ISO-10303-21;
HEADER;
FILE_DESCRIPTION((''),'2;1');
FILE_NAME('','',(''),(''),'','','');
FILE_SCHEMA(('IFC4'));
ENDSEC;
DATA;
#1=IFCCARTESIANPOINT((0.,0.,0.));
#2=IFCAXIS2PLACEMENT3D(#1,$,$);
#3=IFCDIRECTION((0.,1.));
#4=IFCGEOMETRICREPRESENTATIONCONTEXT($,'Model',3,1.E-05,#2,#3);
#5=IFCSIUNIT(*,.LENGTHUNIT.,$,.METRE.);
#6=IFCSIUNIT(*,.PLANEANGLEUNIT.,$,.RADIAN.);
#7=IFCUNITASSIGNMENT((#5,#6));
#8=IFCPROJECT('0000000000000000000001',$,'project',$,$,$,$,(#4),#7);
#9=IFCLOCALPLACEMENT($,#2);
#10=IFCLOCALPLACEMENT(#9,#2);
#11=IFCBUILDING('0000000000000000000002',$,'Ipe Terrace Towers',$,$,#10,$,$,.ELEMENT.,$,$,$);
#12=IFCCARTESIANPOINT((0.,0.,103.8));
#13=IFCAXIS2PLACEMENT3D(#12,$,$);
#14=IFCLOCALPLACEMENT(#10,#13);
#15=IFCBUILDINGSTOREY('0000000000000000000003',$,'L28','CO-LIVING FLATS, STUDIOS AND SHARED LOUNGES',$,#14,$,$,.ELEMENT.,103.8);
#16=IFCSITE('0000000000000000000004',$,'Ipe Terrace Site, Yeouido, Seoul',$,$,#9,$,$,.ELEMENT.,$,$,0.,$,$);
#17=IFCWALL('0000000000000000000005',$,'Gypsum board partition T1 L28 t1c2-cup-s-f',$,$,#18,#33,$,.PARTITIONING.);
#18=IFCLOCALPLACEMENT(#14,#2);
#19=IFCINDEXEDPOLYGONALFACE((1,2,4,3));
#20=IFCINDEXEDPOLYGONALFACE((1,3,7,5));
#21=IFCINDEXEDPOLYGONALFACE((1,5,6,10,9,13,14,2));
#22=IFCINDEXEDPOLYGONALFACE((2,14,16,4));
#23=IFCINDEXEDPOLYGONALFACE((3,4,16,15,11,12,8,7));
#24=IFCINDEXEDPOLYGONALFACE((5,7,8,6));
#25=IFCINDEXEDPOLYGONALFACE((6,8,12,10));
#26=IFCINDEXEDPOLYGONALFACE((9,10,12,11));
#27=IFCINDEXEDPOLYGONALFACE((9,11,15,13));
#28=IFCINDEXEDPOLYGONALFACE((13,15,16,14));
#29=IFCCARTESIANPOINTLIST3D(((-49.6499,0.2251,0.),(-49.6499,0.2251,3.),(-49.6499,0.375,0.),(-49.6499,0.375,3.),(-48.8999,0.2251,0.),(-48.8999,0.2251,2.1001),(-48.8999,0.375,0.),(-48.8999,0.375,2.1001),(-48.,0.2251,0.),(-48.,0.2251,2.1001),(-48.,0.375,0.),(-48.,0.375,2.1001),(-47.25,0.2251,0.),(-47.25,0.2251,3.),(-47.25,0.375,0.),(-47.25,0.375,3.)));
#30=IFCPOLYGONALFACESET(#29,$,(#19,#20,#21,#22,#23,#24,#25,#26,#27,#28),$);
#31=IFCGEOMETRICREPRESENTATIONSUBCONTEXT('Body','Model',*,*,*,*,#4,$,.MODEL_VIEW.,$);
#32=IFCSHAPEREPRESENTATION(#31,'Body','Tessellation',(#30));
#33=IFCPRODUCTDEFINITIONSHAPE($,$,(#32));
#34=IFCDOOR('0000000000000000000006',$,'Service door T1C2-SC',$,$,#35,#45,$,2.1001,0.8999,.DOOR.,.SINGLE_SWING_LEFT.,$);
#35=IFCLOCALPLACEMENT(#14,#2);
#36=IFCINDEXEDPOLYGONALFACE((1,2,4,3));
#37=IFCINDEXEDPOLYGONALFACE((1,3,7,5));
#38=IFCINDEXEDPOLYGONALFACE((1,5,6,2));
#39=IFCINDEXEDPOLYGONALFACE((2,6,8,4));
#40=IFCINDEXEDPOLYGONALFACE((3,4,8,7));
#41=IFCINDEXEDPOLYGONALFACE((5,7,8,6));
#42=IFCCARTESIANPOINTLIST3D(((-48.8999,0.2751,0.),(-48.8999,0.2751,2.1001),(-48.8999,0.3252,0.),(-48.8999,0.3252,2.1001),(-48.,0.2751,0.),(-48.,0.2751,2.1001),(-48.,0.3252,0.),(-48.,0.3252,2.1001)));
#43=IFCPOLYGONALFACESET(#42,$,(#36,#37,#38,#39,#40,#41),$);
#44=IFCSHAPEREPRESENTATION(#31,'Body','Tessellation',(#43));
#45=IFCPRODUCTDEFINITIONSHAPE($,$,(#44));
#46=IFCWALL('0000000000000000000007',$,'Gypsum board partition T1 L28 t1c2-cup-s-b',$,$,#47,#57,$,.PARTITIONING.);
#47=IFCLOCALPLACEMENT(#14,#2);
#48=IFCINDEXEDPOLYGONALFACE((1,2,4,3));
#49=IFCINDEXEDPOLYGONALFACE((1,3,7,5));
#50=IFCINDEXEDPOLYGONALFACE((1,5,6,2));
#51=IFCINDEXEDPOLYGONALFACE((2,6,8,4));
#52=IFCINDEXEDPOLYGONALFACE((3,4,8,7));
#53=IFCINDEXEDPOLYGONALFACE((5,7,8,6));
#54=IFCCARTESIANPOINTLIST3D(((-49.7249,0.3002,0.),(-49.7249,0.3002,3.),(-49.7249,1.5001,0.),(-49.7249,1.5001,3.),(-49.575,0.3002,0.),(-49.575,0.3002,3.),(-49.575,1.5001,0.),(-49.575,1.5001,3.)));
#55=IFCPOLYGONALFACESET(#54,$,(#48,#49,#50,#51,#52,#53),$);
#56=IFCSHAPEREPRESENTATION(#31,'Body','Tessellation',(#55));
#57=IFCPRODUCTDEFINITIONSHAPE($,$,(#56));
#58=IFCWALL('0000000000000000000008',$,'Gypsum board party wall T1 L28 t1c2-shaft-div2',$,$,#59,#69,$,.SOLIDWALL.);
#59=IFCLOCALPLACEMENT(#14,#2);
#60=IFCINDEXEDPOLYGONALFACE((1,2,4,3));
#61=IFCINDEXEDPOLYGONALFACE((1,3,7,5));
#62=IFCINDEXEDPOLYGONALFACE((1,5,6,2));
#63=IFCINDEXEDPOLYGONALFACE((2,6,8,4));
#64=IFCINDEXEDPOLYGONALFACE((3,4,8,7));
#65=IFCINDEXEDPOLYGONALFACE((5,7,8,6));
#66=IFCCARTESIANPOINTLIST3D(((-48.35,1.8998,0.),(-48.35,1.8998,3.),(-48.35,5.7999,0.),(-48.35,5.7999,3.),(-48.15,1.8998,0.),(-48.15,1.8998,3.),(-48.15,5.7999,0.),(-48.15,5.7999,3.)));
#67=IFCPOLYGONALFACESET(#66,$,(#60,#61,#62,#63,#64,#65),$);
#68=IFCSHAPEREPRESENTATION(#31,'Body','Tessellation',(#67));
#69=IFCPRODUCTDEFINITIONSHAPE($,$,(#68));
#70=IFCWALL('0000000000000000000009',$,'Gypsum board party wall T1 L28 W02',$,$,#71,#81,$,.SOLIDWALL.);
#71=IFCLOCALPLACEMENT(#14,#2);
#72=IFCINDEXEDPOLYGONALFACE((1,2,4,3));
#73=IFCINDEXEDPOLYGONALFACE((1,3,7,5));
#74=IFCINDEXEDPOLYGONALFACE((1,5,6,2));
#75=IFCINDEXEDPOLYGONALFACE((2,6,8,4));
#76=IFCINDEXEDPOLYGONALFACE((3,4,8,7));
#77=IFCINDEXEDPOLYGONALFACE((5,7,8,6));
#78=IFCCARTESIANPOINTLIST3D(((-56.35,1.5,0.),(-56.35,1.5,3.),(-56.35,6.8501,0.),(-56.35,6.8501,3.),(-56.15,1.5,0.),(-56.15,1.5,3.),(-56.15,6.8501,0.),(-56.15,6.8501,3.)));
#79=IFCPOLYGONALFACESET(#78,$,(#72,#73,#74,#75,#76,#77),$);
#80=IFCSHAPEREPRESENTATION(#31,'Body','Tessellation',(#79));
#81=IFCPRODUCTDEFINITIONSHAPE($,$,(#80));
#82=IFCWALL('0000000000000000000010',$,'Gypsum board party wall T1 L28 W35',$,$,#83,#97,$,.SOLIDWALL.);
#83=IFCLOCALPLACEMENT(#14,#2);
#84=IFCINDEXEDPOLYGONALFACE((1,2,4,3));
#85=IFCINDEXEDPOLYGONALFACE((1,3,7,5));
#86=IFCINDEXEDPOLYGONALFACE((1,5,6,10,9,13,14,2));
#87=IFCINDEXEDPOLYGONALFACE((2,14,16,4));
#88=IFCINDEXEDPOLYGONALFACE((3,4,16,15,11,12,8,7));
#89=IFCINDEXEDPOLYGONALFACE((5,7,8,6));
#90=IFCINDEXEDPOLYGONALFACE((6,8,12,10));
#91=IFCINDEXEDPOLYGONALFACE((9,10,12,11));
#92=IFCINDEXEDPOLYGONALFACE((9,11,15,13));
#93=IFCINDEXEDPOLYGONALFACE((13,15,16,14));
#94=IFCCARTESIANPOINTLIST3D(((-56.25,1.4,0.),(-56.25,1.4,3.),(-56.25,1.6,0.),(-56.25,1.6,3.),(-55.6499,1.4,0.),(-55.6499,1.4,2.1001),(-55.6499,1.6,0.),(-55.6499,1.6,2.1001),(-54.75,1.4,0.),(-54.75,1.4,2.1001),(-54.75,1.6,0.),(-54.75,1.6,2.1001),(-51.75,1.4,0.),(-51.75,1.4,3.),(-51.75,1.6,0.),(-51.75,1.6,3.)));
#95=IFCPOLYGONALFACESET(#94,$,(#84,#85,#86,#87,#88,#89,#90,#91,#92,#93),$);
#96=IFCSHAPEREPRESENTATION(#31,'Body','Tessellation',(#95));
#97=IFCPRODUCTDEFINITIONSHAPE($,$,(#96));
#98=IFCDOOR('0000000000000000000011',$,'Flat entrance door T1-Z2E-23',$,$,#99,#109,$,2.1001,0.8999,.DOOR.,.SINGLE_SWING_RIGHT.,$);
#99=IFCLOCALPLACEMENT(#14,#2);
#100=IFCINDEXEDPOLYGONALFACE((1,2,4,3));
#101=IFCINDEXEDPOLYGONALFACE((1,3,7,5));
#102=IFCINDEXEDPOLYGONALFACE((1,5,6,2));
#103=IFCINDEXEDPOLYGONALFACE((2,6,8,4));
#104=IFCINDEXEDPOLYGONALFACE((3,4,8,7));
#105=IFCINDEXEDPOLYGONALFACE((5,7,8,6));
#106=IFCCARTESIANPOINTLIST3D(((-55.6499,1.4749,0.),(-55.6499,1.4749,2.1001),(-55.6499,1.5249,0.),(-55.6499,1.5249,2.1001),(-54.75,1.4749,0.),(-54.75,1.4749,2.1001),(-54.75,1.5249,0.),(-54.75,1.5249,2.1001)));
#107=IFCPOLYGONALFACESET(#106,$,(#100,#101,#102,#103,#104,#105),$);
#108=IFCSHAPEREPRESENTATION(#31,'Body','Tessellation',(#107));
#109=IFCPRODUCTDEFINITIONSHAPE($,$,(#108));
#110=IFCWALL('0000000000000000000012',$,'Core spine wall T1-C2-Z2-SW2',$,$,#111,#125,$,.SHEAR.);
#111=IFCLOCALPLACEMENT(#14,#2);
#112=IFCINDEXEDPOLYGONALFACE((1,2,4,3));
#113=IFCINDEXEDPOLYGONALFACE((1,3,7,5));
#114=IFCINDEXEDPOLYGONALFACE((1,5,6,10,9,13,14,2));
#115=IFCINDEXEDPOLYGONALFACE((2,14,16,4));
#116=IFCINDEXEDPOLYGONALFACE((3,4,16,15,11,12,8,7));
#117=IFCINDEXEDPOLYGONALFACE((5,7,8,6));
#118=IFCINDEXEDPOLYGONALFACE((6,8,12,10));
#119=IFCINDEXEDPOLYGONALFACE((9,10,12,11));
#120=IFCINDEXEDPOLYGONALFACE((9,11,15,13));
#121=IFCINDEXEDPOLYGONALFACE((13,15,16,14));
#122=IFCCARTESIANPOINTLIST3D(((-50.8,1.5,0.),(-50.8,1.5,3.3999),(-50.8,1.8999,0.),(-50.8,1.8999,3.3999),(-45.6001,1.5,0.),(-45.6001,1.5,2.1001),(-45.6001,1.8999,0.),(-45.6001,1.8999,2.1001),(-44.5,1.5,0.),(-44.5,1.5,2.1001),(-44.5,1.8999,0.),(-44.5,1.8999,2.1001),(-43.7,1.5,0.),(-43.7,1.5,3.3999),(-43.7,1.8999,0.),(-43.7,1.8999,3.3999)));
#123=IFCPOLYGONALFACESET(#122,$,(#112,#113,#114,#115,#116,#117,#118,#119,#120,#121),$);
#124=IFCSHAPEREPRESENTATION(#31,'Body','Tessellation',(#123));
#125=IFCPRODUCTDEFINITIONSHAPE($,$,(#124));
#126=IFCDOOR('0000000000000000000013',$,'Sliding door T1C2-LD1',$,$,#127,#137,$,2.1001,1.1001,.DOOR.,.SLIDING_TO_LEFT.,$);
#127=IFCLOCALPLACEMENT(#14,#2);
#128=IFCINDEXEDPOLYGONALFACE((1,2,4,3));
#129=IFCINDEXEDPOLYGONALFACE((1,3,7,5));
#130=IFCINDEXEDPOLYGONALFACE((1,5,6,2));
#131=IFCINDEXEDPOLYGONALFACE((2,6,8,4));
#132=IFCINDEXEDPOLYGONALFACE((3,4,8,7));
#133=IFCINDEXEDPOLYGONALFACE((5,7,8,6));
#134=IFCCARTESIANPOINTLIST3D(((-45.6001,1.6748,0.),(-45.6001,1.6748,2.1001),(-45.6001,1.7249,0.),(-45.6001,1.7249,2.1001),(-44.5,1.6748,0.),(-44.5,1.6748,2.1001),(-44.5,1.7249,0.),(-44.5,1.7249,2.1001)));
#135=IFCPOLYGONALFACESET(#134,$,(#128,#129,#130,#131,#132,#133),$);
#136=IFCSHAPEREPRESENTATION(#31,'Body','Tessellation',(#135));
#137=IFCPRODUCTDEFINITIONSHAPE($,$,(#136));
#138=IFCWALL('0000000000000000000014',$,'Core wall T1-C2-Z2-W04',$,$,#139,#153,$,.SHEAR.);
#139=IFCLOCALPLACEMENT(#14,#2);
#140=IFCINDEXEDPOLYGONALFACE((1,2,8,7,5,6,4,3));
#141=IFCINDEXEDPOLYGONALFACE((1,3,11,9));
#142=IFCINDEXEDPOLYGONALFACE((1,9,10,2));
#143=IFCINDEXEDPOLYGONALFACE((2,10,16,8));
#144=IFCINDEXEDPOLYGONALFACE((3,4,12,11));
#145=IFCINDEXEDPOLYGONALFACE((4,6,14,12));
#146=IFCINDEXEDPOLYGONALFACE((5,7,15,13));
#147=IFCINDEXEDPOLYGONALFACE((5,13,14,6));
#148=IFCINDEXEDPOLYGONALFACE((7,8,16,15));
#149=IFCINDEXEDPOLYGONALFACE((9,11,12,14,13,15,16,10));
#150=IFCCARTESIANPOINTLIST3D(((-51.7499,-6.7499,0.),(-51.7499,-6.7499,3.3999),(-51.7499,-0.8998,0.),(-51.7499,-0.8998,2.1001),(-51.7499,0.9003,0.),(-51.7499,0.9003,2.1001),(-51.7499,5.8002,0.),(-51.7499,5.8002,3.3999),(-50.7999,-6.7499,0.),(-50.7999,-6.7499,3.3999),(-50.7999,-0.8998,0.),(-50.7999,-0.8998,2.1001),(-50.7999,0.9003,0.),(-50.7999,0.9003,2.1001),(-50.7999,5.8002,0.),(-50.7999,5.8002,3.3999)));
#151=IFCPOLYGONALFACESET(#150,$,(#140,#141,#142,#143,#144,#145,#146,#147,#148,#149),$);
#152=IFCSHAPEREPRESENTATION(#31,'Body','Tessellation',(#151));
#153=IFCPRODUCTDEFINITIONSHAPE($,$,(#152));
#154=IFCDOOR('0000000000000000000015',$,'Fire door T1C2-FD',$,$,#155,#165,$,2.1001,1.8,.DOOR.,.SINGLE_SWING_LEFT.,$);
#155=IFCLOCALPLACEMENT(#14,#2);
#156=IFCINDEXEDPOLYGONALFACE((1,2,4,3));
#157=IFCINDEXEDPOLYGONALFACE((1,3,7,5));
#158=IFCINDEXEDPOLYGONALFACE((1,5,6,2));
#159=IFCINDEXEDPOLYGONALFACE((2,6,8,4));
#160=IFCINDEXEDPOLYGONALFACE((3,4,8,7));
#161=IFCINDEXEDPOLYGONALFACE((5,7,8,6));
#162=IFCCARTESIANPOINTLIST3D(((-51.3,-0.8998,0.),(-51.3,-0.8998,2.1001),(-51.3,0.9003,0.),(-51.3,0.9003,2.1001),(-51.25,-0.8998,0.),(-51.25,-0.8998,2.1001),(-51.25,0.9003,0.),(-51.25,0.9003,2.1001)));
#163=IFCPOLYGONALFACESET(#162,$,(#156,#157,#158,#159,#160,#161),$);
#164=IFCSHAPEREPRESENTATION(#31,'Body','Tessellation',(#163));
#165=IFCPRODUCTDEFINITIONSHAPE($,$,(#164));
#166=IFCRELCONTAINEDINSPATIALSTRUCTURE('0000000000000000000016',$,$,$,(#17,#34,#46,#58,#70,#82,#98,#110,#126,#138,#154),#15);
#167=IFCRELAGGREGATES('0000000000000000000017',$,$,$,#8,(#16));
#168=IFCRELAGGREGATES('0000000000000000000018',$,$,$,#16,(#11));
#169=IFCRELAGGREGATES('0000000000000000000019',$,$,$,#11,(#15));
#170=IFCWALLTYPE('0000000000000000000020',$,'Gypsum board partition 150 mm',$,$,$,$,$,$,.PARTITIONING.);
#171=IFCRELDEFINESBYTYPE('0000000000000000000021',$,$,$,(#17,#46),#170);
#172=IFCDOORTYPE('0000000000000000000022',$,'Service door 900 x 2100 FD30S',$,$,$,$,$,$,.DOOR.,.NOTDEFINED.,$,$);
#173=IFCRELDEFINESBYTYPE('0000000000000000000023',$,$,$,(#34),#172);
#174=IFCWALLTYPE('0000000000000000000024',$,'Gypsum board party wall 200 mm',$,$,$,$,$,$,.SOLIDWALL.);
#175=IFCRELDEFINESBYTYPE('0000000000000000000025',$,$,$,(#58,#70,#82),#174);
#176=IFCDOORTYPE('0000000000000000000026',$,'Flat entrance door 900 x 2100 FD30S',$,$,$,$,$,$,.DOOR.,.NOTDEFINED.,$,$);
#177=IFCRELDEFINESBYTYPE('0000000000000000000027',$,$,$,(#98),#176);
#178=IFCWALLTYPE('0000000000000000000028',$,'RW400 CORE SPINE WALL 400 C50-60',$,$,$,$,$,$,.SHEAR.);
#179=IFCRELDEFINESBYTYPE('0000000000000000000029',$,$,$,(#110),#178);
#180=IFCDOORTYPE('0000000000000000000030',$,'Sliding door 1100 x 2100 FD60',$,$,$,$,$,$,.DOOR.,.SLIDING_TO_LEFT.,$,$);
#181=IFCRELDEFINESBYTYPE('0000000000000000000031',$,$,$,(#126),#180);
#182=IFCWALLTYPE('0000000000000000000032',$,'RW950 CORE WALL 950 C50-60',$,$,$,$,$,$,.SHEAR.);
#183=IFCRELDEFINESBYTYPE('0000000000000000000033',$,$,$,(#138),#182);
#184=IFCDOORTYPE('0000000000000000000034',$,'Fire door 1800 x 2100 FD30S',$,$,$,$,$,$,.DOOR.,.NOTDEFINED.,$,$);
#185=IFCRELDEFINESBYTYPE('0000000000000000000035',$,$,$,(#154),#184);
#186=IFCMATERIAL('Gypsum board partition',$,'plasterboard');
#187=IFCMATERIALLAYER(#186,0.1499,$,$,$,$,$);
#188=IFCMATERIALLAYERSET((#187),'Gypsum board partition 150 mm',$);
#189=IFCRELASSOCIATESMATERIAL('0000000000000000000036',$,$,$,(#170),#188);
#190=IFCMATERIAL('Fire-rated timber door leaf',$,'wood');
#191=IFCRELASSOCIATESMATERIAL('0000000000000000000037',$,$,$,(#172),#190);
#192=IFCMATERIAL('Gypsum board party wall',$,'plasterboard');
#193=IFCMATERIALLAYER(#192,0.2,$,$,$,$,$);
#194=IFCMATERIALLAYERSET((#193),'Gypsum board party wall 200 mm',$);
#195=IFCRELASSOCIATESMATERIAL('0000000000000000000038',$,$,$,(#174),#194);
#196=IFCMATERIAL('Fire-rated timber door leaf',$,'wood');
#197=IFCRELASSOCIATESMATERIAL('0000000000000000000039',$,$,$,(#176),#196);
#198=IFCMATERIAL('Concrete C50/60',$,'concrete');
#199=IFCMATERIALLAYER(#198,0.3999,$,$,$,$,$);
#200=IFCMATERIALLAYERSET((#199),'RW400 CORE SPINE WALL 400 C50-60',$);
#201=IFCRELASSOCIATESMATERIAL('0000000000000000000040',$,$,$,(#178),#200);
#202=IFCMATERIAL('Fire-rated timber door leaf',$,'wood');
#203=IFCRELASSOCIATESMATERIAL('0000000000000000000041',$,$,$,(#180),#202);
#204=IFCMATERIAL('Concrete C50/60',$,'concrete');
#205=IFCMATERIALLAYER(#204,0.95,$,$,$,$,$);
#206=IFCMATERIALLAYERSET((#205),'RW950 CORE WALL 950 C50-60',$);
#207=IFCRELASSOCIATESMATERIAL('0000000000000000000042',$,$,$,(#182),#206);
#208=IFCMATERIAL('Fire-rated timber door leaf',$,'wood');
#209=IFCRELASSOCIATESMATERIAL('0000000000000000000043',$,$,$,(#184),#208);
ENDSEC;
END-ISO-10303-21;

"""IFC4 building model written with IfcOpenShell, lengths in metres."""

from ifc_helpers import new_model, si_unit, direction, frame, frame_2d, origin, place, context, subcontext, project, spatial, rectangle, extrude, material, layer, layer_set, type_object, element, fill, save


model = new_model("IFC4")

# Units and contexts
model_context = context("Model", 3, precision=1e-05, world=origin(), true_north=direction((0.0, 1.0)))
body_context = subcontext(model_context, "Body", "Model", "MODEL_VIEW")
ifc_project = project(units=[si_unit("LENGTHUNIT", "METRE"), si_unit("PLANEANGLEUNIT", "RADIAN")], contexts=[model_context])

# Site, building, storey
site_placement = place(None, origin())
site = spatial("IfcSite", under=ifc_project, at=site_placement, Name="Ipe Terrace Site, Yeouido, Seoul", CompositionType="ELEMENT", RefElevation=0.0)
building_placement = place(site_placement, origin())
building = spatial("IfcBuilding", under=site, at=building_placement, Name="Ipe Terrace Towers", CompositionType="ELEMENT")
storey_placement = place(building_placement, frame((0.0, 0.0, 103.8)))
storey = spatial("IfcBuildingStorey", under=building, at=storey_placement, Name="L28", Description="CO-LIVING FLATS, STUDIOS AND SHARED LOUNGES", CompositionType="ELEMENT", Elevation=103.8)

# Wall, opening, door
ifc_material_1 = material(Name="Gypsum board partition", Category="plasterboard")
ifc_layer_1 = layer(ifc_material_1, 0.1499)
ifc_layer_set_1 = layer_set([ifc_layer_1], Name="Gypsum board partition 150 mm")
wall_type_1 = type_object("IfcWallType", Name="Gypsum board partition 150 mm", PredefinedType="PARTITIONING", material=ifc_layer_set_1)
wall_1_placement = place(storey_placement, frame((-47.25, 0.3, 0.0), z_axis=(0.0, 0.0, 1.0), x_axis=(-1.0, 0.0, 0.0)))
wall_1 = element("IfcWall", 1, at=wall_1_placement, inside=storey, type_object=wall_type_1, Name="Gypsum board partition T1 L28 t1c2-cup-s-f", PredefinedType="PARTITIONING", context=body_context, shape_type="SweptSolid", body=[
    extrude(rectangle(XDim=2.3999, YDim=0.1499, at=frame_2d((1.2, 0.0))), origin(), (0.0, 0.0, 1.0), 3.0),
])
opening_1_placement = place(wall_1_placement, frame((0.75, 0.0, 0.0)))
opening_1 = element("IfcOpeningElement", 2, at=opening_1_placement, cuts=wall_1, PredefinedType="OPENING", context=body_context, shape_type="SweptSolid", body=[
    extrude(rectangle(XDim=0.8999, YDim=2.1001, at=frame_2d((0.45, 1.05))), frame((0.0, 0.085, 0.0), z_axis=(0.0, -1.0, 0.0), x_axis=(1.0, 0.0, 0.0)), (0.0, 0.0, 1.0), 0.1699),
])
ifc_material_2 = material(Name="Fire-rated timber door leaf", Category="wood")
door_type_1 = type_object("IfcDoorType", Name="Service door 900 x 2100 FD30S", OperationType="NOTDEFINED", PredefinedType="DOOR", material=ifc_material_2)
door_1_placement = place(opening_1_placement, origin())
door_1 = element("IfcDoor", 3, at=door_1_placement, inside=storey, type_object=door_type_1, Name="Service door T1C2-SC", OperationType="SINGLE_SWING_LEFT", OverallHeight=2.1001, OverallWidth=0.8999, PredefinedType="DOOR", context=body_context, shape_type="SweptSolid", body=[
    extrude(rectangle(XDim=0.8999, YDim=2.1001, at=frame_2d((0.45, 1.05))), frame((0.0, 0.0249, 0.0), z_axis=(0.0, -1.0, 0.0), x_axis=(1.0, 0.0, 0.0)), (0.0, 0.0, 1.0), 0.05),
])
fill(opening_1, door_1)

# Walls
wall_2_placement = place(storey_placement, frame((-49.6499, 0.3, 0.0), z_axis=(0.0, 0.0, 1.0), x_axis=(0.0, 1.0, 0.0)))
element("IfcWall", 4, at=wall_2_placement, inside=storey, type_object=wall_type_1, Name="Gypsum board partition T1 L28 t1c2-cup-s-b", PredefinedType="PARTITIONING", context=body_context, shape_type="SweptSolid", body=[
    extrude(rectangle(XDim=1.2, YDim=0.1499, at=frame_2d((0.6001, 0.0))), origin(), (0.0, 0.0, 1.0), 3.0),
])
ifc_material_3 = material(Name="Gypsum board party wall", Category="plasterboard")
ifc_layer_2 = layer(ifc_material_3, 0.2)
ifc_layer_set_2 = layer_set([ifc_layer_2], Name="Gypsum board party wall 200 mm")
wall_type_2 = type_object("IfcWallType", Name="Gypsum board party wall 200 mm", PredefinedType="SOLIDWALL", material=ifc_layer_set_2)
wall_3_placement = place(storey_placement, frame((-48.25, 5.8, 0.0), z_axis=(0.0, 0.0, 1.0), x_axis=(0.0, -1.0, 0.0)))
element("IfcWall", 5, at=wall_3_placement, inside=storey, type_object=wall_type_2, Name="Gypsum board party wall T1 L28 t1c2-shaft-div2", PredefinedType="SOLIDWALL", context=body_context, shape_type="SweptSolid", body=[
    extrude(rectangle(XDim=3.9001, YDim=0.2, at=frame_2d((1.9502, 0.0))), origin(), (0.0, 0.0, 1.0), 3.0),
])
wall_4_placement = place(storey_placement, frame((-56.25, 1.5, 0.0), z_axis=(0.0, 0.0, 1.0), x_axis=(0.0, 1.0, 0.0)))
element("IfcWall", 6, at=wall_4_placement, inside=storey, type_object=wall_type_2, Name="Gypsum board party wall T1 L28 W02", PredefinedType="SOLIDWALL", context=body_context, shape_type="SweptSolid", body=[
    extrude(rectangle(XDim=5.3501, YDim=0.2, at=frame_2d((2.675, 0.0))), origin(), (0.0, 0.0, 1.0), 3.0),
])

# Walls, openings, doors
wall_5_placement = place(storey_placement, frame((-56.25, 1.5, 0.0), z_axis=(0.0, 0.0, 1.0), x_axis=(1.0, 0.0, 0.0)))
wall_5 = element("IfcWall", 7, at=wall_5_placement, inside=storey, type_object=wall_type_2, Name="Gypsum board party wall T1 L28 W35", PredefinedType="SOLIDWALL", context=body_context, shape_type="SweptSolid", body=[
    extrude(rectangle(XDim=4.5, YDim=0.2, at=frame_2d((2.25, 0.0))), origin(), (0.0, 0.0, 1.0), 3.0),
])
opening_2_placement = place(wall_5_placement, frame((0.6001, 0.0, 0.0)))
opening_2 = element("IfcOpeningElement", 8, at=opening_2_placement, cuts=wall_5, PredefinedType="OPENING", context=body_context, shape_type="SweptSolid", body=[
    extrude(rectangle(XDim=0.8999, YDim=2.1001, at=frame_2d((0.45, 1.05))), frame((0.0, 0.1099, 0.0), z_axis=(0.0, -1.0, 0.0), x_axis=(1.0, 0.0, 0.0)), (0.0, 0.0, 1.0), 0.22),
])
ifc_material_4 = material(Name="Fire-rated timber door leaf", Category="wood")
door_type_2 = type_object("IfcDoorType", Name="Flat entrance door 900 x 2100 FD30S", OperationType="NOTDEFINED", PredefinedType="DOOR", material=ifc_material_4)
door_2_placement = place(opening_2_placement, origin())
door_2 = element("IfcDoor", 9, at=door_2_placement, inside=storey, type_object=door_type_2, Name="Flat entrance door T1-Z2E-23", OperationType="SINGLE_SWING_RIGHT", OverallHeight=2.1001, OverallWidth=0.8999, PredefinedType="DOOR", context=body_context, shape_type="SweptSolid", body=[
    extrude(rectangle(XDim=0.8999, YDim=2.1001, at=frame_2d((0.45, 1.05))), frame((0.0, 0.0249, 0.0), z_axis=(0.0, -1.0, 0.0), x_axis=(1.0, 0.0, 0.0)), (0.0, 0.0, 1.0), 0.05),
])
fill(opening_2, door_2)
ifc_material_5 = material(Name="Concrete C50/60", Category="concrete")
ifc_layer_3 = layer(ifc_material_5, 0.3999)
ifc_layer_set_3 = layer_set([ifc_layer_3], Name="RW400 CORE SPINE WALL 400 C50-60")
wall_type_3 = type_object("IfcWallType", Name="RW400 CORE SPINE WALL 400 C50-60", PredefinedType="SHEAR", material=ifc_layer_set_3)
wall_6_placement = place(storey_placement, frame((-50.8, 1.7, 0.0), z_axis=(0.0, 0.0, 1.0), x_axis=(1.0, 0.0, 0.0)))
wall_6 = element("IfcWall", 10, at=wall_6_placement, inside=storey, type_object=wall_type_3, Name="Core spine wall T1-C2-Z2-SW2", PredefinedType="SHEAR", context=body_context, shape_type="SweptSolid", body=[
    extrude(rectangle(XDim=7.1001, YDim=0.3999, at=frame_2d((3.55, 0.0))), origin(), (0.0, 0.0, 1.0), 3.3999),
])
opening_3_placement = place(wall_6_placement, frame((5.2, 0.0, 0.0)))
opening_3 = element("IfcOpeningElement", 11, at=opening_3_placement, cuts=wall_6, PredefinedType="OPENING", context=body_context, shape_type="SweptSolid", body=[
    extrude(rectangle(XDim=1.1001, YDim=2.1001, at=frame_2d((0.55, 1.05))), frame((0.0, 0.21, 0.0), z_axis=(0.0, -1.0, 0.0), x_axis=(1.0, 0.0, 0.0)), (0.0, 0.0, 1.0), 0.4199),
])
ifc_material_6 = material(Name="Fire-rated timber door leaf", Category="wood")
door_type_3 = type_object("IfcDoorType", Name="Sliding door 1100 x 2100 FD60", OperationType="SLIDING_TO_LEFT", PredefinedType="DOOR", material=ifc_material_6)
door_3_placement = place(opening_3_placement, origin())
door_3 = element("IfcDoor", 12, at=door_3_placement, inside=storey, type_object=door_type_3, Name="Sliding door T1C2-LD1", OperationType="SLIDING_TO_LEFT", OverallHeight=2.1001, OverallWidth=1.1001, PredefinedType="DOOR", context=body_context, shape_type="SweptSolid", body=[
    extrude(rectangle(XDim=1.1001, YDim=2.1001, at=frame_2d((0.55, 1.05))), frame((0.0, 0.0249, 0.0), z_axis=(0.0, -1.0, 0.0), x_axis=(1.0, 0.0, 0.0)), (0.0, 0.0, 1.0), 0.05),
])
fill(opening_3, door_3)
ifc_material_7 = material(Name="Concrete C50/60", Category="concrete")
ifc_layer_4 = layer(ifc_material_7, 0.95)
ifc_layer_set_4 = layer_set([ifc_layer_4], Name="RW950 CORE WALL 950 C50-60")
wall_type_4 = type_object("IfcWallType", Name="RW950 CORE WALL 950 C50-60", PredefinedType="SHEAR", material=ifc_layer_set_4)
wall_7_placement = place(storey_placement, frame((-51.2749, 5.8, 0.0), z_axis=(0.0, 0.0, 1.0), x_axis=(0.0, -1.0, 0.0)))
wall_7 = element("IfcWall", 13, at=wall_7_placement, inside=storey, type_object=wall_type_4, Name="Core wall T1-C2-Z2-W04", PredefinedType="SHEAR", context=body_context, shape_type="SweptSolid", body=[
    extrude(rectangle(XDim=12.55, YDim=0.95, at=frame_2d((6.2749, 0.0))), origin(), (0.0, 0.0, 1.0), 3.3999),
])
opening_4_placement = place(wall_7_placement, frame((4.8999, 0.0, 0.0)))
opening_4 = element("IfcOpeningElement", 14, at=opening_4_placement, cuts=wall_7, PredefinedType="OPENING", context=body_context, shape_type="SweptSolid", body=[
    extrude(rectangle(XDim=1.8, YDim=2.1001, at=frame_2d((0.8999, 1.05))), frame((0.0, 0.4849, 0.0), z_axis=(0.0, -1.0, 0.0), x_axis=(1.0, 0.0, 0.0)), (0.0, 0.0, 1.0), 0.97),
])
ifc_material_8 = material(Name="Fire-rated timber door leaf", Category="wood")
door_type_4 = type_object("IfcDoorType", Name="Fire door 1800 x 2100 FD30S", OperationType="NOTDEFINED", PredefinedType="DOOR", material=ifc_material_8)
door_4_placement = place(opening_4_placement, origin())
door_4 = element("IfcDoor", 15, at=door_4_placement, inside=storey, type_object=door_type_4, Name="Fire door T1C2-FD", OperationType="SINGLE_SWING_LEFT", OverallHeight=2.1001, OverallWidth=1.8, PredefinedType="DOOR", context=body_context, shape_type="SweptSolid", body=[
    extrude(rectangle(XDim=1.8, YDim=2.1001, at=frame_2d((0.8999, 1.05))), frame((0.0, 0.0249, 0.0), z_axis=(0.0, -1.0, 0.0), x_axis=(1.0, 0.0, 0.0)), (0.0, 0.0, 1.0), 0.05),
])
fill(opening_4, door_4)

save(model, "model.ifc")
